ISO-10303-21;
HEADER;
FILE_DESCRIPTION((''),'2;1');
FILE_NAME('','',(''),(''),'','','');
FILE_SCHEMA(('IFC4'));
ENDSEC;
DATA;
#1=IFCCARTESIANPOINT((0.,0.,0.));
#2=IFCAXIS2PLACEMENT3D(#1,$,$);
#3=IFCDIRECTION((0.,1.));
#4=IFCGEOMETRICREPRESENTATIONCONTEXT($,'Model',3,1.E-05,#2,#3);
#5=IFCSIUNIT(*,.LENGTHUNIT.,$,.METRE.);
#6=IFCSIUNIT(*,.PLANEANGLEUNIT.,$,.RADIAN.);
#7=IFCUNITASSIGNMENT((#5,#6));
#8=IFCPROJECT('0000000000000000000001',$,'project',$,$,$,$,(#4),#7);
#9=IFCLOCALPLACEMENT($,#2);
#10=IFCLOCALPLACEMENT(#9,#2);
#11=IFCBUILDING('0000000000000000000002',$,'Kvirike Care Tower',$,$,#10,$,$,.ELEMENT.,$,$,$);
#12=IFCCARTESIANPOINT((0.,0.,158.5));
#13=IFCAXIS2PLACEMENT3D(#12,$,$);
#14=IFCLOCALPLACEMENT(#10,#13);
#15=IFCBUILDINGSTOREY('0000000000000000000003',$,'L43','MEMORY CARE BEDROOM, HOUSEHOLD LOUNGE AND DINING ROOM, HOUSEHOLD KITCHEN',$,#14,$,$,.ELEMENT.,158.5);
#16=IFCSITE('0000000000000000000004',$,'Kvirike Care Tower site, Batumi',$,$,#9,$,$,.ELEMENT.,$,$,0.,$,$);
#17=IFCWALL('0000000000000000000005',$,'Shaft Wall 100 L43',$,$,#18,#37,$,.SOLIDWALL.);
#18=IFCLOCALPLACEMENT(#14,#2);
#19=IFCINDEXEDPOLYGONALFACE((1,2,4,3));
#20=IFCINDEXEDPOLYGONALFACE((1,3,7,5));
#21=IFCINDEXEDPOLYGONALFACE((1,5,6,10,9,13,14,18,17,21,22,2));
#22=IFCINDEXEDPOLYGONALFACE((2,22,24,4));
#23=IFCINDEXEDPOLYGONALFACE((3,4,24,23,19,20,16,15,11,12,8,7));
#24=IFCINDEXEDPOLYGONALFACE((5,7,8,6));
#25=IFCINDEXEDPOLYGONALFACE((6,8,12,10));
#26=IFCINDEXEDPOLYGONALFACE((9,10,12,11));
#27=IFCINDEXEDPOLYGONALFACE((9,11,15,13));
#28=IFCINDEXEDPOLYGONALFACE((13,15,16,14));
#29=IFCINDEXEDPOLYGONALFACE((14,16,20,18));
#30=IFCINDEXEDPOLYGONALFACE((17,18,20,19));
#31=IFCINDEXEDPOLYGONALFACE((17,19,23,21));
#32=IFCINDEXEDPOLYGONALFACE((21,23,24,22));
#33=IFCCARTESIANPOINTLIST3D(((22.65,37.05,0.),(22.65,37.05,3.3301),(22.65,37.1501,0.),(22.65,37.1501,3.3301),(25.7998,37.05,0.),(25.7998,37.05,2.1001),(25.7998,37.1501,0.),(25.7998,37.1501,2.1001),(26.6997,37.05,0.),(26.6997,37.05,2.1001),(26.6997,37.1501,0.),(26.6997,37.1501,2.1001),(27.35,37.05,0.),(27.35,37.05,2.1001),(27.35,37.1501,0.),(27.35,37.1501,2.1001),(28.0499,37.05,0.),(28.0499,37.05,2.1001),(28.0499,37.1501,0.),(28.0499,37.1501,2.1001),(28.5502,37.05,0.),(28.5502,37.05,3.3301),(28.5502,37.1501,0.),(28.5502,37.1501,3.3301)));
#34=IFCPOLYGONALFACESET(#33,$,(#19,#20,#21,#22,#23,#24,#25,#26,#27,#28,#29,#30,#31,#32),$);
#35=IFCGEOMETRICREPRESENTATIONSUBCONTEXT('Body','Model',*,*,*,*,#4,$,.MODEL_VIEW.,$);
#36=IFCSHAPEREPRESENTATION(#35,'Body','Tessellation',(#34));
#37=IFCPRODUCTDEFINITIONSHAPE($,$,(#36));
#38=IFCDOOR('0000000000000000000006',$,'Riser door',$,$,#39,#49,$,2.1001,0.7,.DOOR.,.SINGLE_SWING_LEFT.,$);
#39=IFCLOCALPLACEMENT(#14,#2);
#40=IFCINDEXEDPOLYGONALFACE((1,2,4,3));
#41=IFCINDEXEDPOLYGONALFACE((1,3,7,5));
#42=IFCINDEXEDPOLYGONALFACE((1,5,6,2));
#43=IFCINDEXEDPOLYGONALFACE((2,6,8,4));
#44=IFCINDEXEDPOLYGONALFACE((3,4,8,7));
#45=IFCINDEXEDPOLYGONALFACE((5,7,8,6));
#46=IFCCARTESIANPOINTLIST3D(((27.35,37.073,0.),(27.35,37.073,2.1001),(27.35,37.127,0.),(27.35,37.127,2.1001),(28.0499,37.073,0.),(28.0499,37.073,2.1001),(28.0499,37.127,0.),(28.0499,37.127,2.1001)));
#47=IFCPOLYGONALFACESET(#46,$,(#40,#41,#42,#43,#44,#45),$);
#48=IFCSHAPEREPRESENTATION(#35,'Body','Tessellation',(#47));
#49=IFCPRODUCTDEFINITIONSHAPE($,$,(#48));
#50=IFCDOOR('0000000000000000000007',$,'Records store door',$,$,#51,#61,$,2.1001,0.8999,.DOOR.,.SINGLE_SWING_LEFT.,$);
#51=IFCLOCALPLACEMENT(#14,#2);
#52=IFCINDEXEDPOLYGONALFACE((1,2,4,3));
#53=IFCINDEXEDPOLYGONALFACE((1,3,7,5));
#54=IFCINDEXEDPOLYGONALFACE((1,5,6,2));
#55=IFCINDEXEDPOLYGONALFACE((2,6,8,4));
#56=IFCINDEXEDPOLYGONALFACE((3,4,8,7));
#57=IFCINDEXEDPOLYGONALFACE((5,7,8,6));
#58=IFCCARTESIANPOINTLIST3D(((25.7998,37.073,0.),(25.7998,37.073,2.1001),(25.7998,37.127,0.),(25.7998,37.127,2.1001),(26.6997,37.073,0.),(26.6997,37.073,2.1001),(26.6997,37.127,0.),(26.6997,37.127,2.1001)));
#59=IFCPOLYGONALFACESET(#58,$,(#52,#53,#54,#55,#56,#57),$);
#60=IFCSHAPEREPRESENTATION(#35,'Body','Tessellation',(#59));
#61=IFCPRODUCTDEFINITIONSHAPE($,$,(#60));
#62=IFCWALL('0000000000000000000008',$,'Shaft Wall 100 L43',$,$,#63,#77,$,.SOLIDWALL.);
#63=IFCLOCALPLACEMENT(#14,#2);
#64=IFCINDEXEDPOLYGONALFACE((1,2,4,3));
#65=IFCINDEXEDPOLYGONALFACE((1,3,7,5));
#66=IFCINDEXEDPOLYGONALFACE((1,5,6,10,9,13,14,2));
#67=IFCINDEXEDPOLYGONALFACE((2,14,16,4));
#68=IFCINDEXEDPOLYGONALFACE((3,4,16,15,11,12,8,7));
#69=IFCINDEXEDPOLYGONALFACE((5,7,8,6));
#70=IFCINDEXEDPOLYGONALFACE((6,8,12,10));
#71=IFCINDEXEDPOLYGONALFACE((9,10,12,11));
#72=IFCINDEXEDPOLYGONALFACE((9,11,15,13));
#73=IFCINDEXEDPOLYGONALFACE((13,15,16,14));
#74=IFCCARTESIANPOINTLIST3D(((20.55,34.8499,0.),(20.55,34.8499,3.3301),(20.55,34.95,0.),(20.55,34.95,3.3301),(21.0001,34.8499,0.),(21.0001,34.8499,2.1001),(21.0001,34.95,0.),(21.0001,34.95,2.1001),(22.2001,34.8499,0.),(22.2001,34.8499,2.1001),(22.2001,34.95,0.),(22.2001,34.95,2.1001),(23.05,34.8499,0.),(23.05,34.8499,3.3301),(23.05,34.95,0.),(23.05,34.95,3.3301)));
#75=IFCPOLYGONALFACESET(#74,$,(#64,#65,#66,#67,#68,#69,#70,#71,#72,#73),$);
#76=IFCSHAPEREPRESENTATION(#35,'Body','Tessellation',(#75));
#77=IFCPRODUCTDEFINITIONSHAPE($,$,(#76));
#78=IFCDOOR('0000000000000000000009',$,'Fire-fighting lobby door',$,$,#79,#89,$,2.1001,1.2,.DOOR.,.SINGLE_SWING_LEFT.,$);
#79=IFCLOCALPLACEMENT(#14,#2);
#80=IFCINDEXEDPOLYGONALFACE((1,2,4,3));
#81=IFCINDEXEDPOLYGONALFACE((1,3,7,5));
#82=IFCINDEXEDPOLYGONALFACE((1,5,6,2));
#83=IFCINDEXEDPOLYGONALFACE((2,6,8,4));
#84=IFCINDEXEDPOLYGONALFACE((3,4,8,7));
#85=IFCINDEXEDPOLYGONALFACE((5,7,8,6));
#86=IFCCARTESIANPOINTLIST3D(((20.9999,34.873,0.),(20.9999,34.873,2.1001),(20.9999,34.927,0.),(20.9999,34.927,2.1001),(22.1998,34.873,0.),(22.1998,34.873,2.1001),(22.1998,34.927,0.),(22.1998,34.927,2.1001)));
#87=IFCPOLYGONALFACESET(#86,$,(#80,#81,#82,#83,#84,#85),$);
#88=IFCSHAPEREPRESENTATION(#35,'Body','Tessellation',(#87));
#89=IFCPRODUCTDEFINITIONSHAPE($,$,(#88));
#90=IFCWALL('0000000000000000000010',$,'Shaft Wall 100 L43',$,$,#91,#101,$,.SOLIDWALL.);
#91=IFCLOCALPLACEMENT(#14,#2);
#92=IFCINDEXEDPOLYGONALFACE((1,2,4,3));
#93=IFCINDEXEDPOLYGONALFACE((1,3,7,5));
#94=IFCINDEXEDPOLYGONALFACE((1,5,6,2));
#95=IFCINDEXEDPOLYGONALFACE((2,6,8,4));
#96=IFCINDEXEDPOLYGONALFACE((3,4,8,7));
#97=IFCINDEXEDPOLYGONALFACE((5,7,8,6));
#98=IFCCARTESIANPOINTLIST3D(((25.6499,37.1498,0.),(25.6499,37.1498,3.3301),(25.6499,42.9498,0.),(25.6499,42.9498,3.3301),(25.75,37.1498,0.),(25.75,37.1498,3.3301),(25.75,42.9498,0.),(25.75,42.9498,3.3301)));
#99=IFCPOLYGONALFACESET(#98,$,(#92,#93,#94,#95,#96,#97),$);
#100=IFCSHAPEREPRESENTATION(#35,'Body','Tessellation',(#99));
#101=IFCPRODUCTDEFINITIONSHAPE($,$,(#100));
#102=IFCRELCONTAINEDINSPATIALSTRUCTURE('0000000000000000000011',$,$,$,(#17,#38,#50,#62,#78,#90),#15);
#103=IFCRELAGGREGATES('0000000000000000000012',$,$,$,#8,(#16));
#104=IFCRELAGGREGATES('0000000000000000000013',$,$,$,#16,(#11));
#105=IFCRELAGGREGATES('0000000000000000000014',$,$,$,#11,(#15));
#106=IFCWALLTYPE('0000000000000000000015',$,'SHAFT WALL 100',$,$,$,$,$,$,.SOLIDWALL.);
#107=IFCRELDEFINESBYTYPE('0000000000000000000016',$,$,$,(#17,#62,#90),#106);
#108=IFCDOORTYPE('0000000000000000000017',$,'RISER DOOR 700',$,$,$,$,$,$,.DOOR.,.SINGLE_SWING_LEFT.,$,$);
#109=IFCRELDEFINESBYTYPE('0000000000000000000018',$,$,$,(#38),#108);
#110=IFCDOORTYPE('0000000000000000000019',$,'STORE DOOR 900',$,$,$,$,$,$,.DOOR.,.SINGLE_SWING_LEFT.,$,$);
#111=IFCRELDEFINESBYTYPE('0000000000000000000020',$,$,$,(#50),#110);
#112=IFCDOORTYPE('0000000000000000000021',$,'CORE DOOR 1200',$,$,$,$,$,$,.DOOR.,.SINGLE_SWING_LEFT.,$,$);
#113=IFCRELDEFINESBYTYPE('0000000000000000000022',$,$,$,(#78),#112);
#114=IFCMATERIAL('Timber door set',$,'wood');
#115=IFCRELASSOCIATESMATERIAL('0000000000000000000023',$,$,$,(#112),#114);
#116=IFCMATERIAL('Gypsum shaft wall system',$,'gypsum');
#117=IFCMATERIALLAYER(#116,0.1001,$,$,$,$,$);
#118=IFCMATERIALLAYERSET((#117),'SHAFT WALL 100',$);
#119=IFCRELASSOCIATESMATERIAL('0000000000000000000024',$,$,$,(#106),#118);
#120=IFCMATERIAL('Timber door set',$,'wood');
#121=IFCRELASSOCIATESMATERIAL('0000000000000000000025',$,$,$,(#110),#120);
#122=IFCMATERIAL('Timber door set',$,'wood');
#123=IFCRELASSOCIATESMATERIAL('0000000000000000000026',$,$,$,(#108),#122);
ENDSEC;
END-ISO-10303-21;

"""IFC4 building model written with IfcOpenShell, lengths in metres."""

from ifc_helpers import new_model, si_unit, direction, frame, frame_2d, origin, place, context, subcontext, project, spatial, rectangle, extrude, material, layer, layer_set, type_object, element, fill, save


model = new_model("IFC4")

# Units and contexts
model_context = context("Model", 3, precision=1e-05, world=origin(), true_north=direction((0.0, 1.0)))
body_context = subcontext(model_context, "Body", "Model", "MODEL_VIEW")
ifc_project = project(units=[si_unit("LENGTHUNIT", "METRE"), si_unit("PLANEANGLEUNIT", "RADIAN")], contexts=[model_context])

# Site, building, storey
site_placement = place(None, origin())
site = spatial("IfcSite", under=ifc_project, at=site_placement, Name="Kvirike Care Tower site, Batumi", CompositionType="ELEMENT", RefElevation=0.0)
building_placement = place(site_placement, origin())
building = spatial("IfcBuilding", under=site, at=building_placement, Name="Kvirike Care Tower", CompositionType="ELEMENT")
storey_placement = place(building_placement, frame((0.0, 0.0, 158.5)))
storey = spatial("IfcBuildingStorey", under=building, at=storey_placement, Name="L43", Description="MEMORY CARE BEDROOM, HOUSEHOLD LOUNGE AND DINING ROOM, HOUSEHOLD KITCHEN", CompositionType="ELEMENT", Elevation=158.5)

# Shared definitions
ifc_material_1 = material(Name="Timber door set", Category="wood")
door_type_1 = type_object("IfcDoorType", Name="CORE DOOR 1200", OperationType="SINGLE_SWING_LEFT", PredefinedType="DOOR", material=ifc_material_1)

# Shared definitions
ifc_material_2 = material(Name="Gypsum shaft wall system", Category="gypsum")
ifc_layer_1 = layer(ifc_material_2, 0.1001)
ifc_layer_set_1 = layer_set([ifc_layer_1], Name="SHAFT WALL 100")
wall_type_1 = type_object("IfcWallType", Name="SHAFT WALL 100", PredefinedType="SOLIDWALL", material=ifc_layer_set_1)

# Shared definitions
ifc_material_3 = material(Name="Timber door set", Category="wood")
door_type_2 = type_object("IfcDoorType", Name="STORE DOOR 900", OperationType="SINGLE_SWING_LEFT", PredefinedType="DOOR", material=ifc_material_3)

# Wall, openings, doors
wall_1_placement = place(storey_placement, frame((22.6499, 37.1001, 0.0), z_axis=(0.0, 0.0, 1.0), x_axis=(1.0, 0.0, 0.0)))
wall_1 = element("IfcWall", 1, at=wall_1_placement, inside=storey, type_object=wall_type_1, Name="Shaft Wall 100 L43", PredefinedType="SOLIDWALL", context=body_context, shape_type="SweptSolid", body=[
    extrude(rectangle(XDim=5.9001, YDim=0.1001, at=frame_2d((2.9502, 0.0))), origin(), (0.0, 0.0, 1.0), 3.3301),
])
opening_1_placement = place(wall_1_placement, frame((3.1499, 0.0, 0.0)))
opening_1 = element("IfcOpeningElement", 2, at=opening_1_placement, cuts=wall_1, PredefinedType="OPENING", context=body_context, shape_type="SweptSolid", body=[
    extrude(rectangle(XDim=0.8999, YDim=2.1001, at=frame_2d((0.45, 1.05))), frame((0.0, 0.0605, 0.0), z_axis=(0.0, -1.0, 0.0), x_axis=(1.0, 0.0, 0.0)), (0.0, 0.0, 1.0), 0.1211),
])
opening_2_placement = place(wall_1_placement, frame((4.7, 0.0, 0.0)))
opening_2 = element("IfcOpeningElement", 3, at=opening_2_placement, cuts=wall_1, PredefinedType="OPENING", context=body_context, shape_type="SweptSolid", body=[
    extrude(rectangle(XDim=0.7, YDim=2.1001, at=frame_2d((0.3501, 1.05))), frame((0.0, 0.0605, 0.0), z_axis=(0.0, -1.0, 0.0), x_axis=(1.0, 0.0, 0.0)), (0.0, 0.0, 1.0), 0.1211),
])
ifc_material_4 = material(Name="Timber door set", Category="wood")
door_type_3 = type_object("IfcDoorType", Name="RISER DOOR 700", OperationType="SINGLE_SWING_LEFT", PredefinedType="DOOR", material=ifc_material_4)
door_1_placement = place(opening_2_placement, origin())
door_1 = element("IfcDoor", 4, at=door_1_placement, inside=storey, type_object=door_type_3, Name="Riser door", OperationType="SINGLE_SWING_LEFT", OverallHeight=2.1001, OverallWidth=0.7, PredefinedType="DOOR", context=body_context, shape_type="SweptSolid", body=[
    extrude(rectangle(XDim=0.7, YDim=2.1001, at=frame_2d((0.3501, 1.05))), frame((0.0, 0.0269, 0.0), z_axis=(0.0, -1.0, 0.0), x_axis=(1.0, 0.0, 0.0)), (0.0, 0.0, 1.0), 0.054),
])
fill(opening_2, door_1)
door_2_placement = place(opening_1_placement, origin())
door_2 = element("IfcDoor", 5, at=door_2_placement, inside=storey, type_object=door_type_2, Name="Records store door", OperationType="SINGLE_SWING_LEFT", OverallHeight=2.1001, OverallWidth=0.8999, PredefinedType="DOOR", context=body_context, shape_type="SweptSolid", body=[
    extrude(rectangle(XDim=0.8999, YDim=2.1001, at=frame_2d((0.45, 1.05))), frame((0.0, 0.0269, 0.0), z_axis=(0.0, -1.0, 0.0), x_axis=(1.0, 0.0, 0.0)), (0.0, 0.0, 1.0), 0.054),
])
fill(opening_1, door_2)

# Wall, opening, door
wall_2_placement = place(storey_placement, frame((20.55, 34.8999, 0.0), z_axis=(0.0, 0.0, 1.0), x_axis=(1.0, 0.0, 0.0)))
wall_2 = element("IfcWall", 6, at=wall_2_placement, inside=storey, type_object=wall_type_1, Name="Shaft Wall 100 L43", PredefinedType="SOLIDWALL", context=body_context, shape_type="SweptSolid", body=[
    extrude(rectangle(XDim=2.5, YDim=0.1001, at=frame_2d((1.25, 0.0))), origin(), (0.0, 0.0, 1.0), 3.3301),
])
opening_3_placement = place(wall_2_placement, frame((0.45, 0.0, 0.0)))
opening_3 = element("IfcOpeningElement", 7, at=opening_3_placement, cuts=wall_2, PredefinedType="OPENING", context=body_context, shape_type="SweptSolid", body=[
    extrude(rectangle(XDim=1.2, YDim=2.1001, at=frame_2d((0.6001, 1.05))), frame((0.0, 0.0605, 0.0), z_axis=(0.0, -1.0, 0.0), x_axis=(1.0, 0.0, 0.0)), (0.0, 0.0, 1.0), 0.1211),
])
door_3_placement = place(opening_3_placement, frame((1.2, 0.0, 0.0), z_axis=(0.0, 0.0, 1.0), x_axis=(-1.0, 0.0, 0.0)))
door_3 = element("IfcDoor", 8, at=door_3_placement, inside=storey, type_object=door_type_1, Name="Fire-fighting lobby door", OperationType="SINGLE_SWING_LEFT", OverallHeight=2.1001, OverallWidth=1.2, PredefinedType="DOOR", context=body_context, shape_type="SweptSolid", body=[
    extrude(rectangle(XDim=1.2, YDim=2.1001, at=frame_2d((0.6001, 1.05))), frame((0.0, 0.0269, 0.0), z_axis=(0.0, -1.0, 0.0), x_axis=(1.0, 0.0, 0.0)), (0.0, 0.0, 1.0), 0.054),
])
fill(opening_3, door_3)

# Wall
wall_3_placement = place(storey_placement, frame((25.7, 37.1499, 0.0), z_axis=(0.0, 0.0, 1.0), x_axis=(0.0, 1.0, 0.0)))
element("IfcWall", 9, at=wall_3_placement, inside=storey, type_object=wall_type_1, Name="Shaft Wall 100 L43", PredefinedType="SOLIDWALL", context=body_context, shape_type="SweptSolid", body=[
    extrude(rectangle(XDim=5.8, YDim=0.1001, at=frame_2d((2.8999, 0.0))), origin(), (0.0, 0.0, 1.0), 3.3301),
])

save(model, "model.ifc")
